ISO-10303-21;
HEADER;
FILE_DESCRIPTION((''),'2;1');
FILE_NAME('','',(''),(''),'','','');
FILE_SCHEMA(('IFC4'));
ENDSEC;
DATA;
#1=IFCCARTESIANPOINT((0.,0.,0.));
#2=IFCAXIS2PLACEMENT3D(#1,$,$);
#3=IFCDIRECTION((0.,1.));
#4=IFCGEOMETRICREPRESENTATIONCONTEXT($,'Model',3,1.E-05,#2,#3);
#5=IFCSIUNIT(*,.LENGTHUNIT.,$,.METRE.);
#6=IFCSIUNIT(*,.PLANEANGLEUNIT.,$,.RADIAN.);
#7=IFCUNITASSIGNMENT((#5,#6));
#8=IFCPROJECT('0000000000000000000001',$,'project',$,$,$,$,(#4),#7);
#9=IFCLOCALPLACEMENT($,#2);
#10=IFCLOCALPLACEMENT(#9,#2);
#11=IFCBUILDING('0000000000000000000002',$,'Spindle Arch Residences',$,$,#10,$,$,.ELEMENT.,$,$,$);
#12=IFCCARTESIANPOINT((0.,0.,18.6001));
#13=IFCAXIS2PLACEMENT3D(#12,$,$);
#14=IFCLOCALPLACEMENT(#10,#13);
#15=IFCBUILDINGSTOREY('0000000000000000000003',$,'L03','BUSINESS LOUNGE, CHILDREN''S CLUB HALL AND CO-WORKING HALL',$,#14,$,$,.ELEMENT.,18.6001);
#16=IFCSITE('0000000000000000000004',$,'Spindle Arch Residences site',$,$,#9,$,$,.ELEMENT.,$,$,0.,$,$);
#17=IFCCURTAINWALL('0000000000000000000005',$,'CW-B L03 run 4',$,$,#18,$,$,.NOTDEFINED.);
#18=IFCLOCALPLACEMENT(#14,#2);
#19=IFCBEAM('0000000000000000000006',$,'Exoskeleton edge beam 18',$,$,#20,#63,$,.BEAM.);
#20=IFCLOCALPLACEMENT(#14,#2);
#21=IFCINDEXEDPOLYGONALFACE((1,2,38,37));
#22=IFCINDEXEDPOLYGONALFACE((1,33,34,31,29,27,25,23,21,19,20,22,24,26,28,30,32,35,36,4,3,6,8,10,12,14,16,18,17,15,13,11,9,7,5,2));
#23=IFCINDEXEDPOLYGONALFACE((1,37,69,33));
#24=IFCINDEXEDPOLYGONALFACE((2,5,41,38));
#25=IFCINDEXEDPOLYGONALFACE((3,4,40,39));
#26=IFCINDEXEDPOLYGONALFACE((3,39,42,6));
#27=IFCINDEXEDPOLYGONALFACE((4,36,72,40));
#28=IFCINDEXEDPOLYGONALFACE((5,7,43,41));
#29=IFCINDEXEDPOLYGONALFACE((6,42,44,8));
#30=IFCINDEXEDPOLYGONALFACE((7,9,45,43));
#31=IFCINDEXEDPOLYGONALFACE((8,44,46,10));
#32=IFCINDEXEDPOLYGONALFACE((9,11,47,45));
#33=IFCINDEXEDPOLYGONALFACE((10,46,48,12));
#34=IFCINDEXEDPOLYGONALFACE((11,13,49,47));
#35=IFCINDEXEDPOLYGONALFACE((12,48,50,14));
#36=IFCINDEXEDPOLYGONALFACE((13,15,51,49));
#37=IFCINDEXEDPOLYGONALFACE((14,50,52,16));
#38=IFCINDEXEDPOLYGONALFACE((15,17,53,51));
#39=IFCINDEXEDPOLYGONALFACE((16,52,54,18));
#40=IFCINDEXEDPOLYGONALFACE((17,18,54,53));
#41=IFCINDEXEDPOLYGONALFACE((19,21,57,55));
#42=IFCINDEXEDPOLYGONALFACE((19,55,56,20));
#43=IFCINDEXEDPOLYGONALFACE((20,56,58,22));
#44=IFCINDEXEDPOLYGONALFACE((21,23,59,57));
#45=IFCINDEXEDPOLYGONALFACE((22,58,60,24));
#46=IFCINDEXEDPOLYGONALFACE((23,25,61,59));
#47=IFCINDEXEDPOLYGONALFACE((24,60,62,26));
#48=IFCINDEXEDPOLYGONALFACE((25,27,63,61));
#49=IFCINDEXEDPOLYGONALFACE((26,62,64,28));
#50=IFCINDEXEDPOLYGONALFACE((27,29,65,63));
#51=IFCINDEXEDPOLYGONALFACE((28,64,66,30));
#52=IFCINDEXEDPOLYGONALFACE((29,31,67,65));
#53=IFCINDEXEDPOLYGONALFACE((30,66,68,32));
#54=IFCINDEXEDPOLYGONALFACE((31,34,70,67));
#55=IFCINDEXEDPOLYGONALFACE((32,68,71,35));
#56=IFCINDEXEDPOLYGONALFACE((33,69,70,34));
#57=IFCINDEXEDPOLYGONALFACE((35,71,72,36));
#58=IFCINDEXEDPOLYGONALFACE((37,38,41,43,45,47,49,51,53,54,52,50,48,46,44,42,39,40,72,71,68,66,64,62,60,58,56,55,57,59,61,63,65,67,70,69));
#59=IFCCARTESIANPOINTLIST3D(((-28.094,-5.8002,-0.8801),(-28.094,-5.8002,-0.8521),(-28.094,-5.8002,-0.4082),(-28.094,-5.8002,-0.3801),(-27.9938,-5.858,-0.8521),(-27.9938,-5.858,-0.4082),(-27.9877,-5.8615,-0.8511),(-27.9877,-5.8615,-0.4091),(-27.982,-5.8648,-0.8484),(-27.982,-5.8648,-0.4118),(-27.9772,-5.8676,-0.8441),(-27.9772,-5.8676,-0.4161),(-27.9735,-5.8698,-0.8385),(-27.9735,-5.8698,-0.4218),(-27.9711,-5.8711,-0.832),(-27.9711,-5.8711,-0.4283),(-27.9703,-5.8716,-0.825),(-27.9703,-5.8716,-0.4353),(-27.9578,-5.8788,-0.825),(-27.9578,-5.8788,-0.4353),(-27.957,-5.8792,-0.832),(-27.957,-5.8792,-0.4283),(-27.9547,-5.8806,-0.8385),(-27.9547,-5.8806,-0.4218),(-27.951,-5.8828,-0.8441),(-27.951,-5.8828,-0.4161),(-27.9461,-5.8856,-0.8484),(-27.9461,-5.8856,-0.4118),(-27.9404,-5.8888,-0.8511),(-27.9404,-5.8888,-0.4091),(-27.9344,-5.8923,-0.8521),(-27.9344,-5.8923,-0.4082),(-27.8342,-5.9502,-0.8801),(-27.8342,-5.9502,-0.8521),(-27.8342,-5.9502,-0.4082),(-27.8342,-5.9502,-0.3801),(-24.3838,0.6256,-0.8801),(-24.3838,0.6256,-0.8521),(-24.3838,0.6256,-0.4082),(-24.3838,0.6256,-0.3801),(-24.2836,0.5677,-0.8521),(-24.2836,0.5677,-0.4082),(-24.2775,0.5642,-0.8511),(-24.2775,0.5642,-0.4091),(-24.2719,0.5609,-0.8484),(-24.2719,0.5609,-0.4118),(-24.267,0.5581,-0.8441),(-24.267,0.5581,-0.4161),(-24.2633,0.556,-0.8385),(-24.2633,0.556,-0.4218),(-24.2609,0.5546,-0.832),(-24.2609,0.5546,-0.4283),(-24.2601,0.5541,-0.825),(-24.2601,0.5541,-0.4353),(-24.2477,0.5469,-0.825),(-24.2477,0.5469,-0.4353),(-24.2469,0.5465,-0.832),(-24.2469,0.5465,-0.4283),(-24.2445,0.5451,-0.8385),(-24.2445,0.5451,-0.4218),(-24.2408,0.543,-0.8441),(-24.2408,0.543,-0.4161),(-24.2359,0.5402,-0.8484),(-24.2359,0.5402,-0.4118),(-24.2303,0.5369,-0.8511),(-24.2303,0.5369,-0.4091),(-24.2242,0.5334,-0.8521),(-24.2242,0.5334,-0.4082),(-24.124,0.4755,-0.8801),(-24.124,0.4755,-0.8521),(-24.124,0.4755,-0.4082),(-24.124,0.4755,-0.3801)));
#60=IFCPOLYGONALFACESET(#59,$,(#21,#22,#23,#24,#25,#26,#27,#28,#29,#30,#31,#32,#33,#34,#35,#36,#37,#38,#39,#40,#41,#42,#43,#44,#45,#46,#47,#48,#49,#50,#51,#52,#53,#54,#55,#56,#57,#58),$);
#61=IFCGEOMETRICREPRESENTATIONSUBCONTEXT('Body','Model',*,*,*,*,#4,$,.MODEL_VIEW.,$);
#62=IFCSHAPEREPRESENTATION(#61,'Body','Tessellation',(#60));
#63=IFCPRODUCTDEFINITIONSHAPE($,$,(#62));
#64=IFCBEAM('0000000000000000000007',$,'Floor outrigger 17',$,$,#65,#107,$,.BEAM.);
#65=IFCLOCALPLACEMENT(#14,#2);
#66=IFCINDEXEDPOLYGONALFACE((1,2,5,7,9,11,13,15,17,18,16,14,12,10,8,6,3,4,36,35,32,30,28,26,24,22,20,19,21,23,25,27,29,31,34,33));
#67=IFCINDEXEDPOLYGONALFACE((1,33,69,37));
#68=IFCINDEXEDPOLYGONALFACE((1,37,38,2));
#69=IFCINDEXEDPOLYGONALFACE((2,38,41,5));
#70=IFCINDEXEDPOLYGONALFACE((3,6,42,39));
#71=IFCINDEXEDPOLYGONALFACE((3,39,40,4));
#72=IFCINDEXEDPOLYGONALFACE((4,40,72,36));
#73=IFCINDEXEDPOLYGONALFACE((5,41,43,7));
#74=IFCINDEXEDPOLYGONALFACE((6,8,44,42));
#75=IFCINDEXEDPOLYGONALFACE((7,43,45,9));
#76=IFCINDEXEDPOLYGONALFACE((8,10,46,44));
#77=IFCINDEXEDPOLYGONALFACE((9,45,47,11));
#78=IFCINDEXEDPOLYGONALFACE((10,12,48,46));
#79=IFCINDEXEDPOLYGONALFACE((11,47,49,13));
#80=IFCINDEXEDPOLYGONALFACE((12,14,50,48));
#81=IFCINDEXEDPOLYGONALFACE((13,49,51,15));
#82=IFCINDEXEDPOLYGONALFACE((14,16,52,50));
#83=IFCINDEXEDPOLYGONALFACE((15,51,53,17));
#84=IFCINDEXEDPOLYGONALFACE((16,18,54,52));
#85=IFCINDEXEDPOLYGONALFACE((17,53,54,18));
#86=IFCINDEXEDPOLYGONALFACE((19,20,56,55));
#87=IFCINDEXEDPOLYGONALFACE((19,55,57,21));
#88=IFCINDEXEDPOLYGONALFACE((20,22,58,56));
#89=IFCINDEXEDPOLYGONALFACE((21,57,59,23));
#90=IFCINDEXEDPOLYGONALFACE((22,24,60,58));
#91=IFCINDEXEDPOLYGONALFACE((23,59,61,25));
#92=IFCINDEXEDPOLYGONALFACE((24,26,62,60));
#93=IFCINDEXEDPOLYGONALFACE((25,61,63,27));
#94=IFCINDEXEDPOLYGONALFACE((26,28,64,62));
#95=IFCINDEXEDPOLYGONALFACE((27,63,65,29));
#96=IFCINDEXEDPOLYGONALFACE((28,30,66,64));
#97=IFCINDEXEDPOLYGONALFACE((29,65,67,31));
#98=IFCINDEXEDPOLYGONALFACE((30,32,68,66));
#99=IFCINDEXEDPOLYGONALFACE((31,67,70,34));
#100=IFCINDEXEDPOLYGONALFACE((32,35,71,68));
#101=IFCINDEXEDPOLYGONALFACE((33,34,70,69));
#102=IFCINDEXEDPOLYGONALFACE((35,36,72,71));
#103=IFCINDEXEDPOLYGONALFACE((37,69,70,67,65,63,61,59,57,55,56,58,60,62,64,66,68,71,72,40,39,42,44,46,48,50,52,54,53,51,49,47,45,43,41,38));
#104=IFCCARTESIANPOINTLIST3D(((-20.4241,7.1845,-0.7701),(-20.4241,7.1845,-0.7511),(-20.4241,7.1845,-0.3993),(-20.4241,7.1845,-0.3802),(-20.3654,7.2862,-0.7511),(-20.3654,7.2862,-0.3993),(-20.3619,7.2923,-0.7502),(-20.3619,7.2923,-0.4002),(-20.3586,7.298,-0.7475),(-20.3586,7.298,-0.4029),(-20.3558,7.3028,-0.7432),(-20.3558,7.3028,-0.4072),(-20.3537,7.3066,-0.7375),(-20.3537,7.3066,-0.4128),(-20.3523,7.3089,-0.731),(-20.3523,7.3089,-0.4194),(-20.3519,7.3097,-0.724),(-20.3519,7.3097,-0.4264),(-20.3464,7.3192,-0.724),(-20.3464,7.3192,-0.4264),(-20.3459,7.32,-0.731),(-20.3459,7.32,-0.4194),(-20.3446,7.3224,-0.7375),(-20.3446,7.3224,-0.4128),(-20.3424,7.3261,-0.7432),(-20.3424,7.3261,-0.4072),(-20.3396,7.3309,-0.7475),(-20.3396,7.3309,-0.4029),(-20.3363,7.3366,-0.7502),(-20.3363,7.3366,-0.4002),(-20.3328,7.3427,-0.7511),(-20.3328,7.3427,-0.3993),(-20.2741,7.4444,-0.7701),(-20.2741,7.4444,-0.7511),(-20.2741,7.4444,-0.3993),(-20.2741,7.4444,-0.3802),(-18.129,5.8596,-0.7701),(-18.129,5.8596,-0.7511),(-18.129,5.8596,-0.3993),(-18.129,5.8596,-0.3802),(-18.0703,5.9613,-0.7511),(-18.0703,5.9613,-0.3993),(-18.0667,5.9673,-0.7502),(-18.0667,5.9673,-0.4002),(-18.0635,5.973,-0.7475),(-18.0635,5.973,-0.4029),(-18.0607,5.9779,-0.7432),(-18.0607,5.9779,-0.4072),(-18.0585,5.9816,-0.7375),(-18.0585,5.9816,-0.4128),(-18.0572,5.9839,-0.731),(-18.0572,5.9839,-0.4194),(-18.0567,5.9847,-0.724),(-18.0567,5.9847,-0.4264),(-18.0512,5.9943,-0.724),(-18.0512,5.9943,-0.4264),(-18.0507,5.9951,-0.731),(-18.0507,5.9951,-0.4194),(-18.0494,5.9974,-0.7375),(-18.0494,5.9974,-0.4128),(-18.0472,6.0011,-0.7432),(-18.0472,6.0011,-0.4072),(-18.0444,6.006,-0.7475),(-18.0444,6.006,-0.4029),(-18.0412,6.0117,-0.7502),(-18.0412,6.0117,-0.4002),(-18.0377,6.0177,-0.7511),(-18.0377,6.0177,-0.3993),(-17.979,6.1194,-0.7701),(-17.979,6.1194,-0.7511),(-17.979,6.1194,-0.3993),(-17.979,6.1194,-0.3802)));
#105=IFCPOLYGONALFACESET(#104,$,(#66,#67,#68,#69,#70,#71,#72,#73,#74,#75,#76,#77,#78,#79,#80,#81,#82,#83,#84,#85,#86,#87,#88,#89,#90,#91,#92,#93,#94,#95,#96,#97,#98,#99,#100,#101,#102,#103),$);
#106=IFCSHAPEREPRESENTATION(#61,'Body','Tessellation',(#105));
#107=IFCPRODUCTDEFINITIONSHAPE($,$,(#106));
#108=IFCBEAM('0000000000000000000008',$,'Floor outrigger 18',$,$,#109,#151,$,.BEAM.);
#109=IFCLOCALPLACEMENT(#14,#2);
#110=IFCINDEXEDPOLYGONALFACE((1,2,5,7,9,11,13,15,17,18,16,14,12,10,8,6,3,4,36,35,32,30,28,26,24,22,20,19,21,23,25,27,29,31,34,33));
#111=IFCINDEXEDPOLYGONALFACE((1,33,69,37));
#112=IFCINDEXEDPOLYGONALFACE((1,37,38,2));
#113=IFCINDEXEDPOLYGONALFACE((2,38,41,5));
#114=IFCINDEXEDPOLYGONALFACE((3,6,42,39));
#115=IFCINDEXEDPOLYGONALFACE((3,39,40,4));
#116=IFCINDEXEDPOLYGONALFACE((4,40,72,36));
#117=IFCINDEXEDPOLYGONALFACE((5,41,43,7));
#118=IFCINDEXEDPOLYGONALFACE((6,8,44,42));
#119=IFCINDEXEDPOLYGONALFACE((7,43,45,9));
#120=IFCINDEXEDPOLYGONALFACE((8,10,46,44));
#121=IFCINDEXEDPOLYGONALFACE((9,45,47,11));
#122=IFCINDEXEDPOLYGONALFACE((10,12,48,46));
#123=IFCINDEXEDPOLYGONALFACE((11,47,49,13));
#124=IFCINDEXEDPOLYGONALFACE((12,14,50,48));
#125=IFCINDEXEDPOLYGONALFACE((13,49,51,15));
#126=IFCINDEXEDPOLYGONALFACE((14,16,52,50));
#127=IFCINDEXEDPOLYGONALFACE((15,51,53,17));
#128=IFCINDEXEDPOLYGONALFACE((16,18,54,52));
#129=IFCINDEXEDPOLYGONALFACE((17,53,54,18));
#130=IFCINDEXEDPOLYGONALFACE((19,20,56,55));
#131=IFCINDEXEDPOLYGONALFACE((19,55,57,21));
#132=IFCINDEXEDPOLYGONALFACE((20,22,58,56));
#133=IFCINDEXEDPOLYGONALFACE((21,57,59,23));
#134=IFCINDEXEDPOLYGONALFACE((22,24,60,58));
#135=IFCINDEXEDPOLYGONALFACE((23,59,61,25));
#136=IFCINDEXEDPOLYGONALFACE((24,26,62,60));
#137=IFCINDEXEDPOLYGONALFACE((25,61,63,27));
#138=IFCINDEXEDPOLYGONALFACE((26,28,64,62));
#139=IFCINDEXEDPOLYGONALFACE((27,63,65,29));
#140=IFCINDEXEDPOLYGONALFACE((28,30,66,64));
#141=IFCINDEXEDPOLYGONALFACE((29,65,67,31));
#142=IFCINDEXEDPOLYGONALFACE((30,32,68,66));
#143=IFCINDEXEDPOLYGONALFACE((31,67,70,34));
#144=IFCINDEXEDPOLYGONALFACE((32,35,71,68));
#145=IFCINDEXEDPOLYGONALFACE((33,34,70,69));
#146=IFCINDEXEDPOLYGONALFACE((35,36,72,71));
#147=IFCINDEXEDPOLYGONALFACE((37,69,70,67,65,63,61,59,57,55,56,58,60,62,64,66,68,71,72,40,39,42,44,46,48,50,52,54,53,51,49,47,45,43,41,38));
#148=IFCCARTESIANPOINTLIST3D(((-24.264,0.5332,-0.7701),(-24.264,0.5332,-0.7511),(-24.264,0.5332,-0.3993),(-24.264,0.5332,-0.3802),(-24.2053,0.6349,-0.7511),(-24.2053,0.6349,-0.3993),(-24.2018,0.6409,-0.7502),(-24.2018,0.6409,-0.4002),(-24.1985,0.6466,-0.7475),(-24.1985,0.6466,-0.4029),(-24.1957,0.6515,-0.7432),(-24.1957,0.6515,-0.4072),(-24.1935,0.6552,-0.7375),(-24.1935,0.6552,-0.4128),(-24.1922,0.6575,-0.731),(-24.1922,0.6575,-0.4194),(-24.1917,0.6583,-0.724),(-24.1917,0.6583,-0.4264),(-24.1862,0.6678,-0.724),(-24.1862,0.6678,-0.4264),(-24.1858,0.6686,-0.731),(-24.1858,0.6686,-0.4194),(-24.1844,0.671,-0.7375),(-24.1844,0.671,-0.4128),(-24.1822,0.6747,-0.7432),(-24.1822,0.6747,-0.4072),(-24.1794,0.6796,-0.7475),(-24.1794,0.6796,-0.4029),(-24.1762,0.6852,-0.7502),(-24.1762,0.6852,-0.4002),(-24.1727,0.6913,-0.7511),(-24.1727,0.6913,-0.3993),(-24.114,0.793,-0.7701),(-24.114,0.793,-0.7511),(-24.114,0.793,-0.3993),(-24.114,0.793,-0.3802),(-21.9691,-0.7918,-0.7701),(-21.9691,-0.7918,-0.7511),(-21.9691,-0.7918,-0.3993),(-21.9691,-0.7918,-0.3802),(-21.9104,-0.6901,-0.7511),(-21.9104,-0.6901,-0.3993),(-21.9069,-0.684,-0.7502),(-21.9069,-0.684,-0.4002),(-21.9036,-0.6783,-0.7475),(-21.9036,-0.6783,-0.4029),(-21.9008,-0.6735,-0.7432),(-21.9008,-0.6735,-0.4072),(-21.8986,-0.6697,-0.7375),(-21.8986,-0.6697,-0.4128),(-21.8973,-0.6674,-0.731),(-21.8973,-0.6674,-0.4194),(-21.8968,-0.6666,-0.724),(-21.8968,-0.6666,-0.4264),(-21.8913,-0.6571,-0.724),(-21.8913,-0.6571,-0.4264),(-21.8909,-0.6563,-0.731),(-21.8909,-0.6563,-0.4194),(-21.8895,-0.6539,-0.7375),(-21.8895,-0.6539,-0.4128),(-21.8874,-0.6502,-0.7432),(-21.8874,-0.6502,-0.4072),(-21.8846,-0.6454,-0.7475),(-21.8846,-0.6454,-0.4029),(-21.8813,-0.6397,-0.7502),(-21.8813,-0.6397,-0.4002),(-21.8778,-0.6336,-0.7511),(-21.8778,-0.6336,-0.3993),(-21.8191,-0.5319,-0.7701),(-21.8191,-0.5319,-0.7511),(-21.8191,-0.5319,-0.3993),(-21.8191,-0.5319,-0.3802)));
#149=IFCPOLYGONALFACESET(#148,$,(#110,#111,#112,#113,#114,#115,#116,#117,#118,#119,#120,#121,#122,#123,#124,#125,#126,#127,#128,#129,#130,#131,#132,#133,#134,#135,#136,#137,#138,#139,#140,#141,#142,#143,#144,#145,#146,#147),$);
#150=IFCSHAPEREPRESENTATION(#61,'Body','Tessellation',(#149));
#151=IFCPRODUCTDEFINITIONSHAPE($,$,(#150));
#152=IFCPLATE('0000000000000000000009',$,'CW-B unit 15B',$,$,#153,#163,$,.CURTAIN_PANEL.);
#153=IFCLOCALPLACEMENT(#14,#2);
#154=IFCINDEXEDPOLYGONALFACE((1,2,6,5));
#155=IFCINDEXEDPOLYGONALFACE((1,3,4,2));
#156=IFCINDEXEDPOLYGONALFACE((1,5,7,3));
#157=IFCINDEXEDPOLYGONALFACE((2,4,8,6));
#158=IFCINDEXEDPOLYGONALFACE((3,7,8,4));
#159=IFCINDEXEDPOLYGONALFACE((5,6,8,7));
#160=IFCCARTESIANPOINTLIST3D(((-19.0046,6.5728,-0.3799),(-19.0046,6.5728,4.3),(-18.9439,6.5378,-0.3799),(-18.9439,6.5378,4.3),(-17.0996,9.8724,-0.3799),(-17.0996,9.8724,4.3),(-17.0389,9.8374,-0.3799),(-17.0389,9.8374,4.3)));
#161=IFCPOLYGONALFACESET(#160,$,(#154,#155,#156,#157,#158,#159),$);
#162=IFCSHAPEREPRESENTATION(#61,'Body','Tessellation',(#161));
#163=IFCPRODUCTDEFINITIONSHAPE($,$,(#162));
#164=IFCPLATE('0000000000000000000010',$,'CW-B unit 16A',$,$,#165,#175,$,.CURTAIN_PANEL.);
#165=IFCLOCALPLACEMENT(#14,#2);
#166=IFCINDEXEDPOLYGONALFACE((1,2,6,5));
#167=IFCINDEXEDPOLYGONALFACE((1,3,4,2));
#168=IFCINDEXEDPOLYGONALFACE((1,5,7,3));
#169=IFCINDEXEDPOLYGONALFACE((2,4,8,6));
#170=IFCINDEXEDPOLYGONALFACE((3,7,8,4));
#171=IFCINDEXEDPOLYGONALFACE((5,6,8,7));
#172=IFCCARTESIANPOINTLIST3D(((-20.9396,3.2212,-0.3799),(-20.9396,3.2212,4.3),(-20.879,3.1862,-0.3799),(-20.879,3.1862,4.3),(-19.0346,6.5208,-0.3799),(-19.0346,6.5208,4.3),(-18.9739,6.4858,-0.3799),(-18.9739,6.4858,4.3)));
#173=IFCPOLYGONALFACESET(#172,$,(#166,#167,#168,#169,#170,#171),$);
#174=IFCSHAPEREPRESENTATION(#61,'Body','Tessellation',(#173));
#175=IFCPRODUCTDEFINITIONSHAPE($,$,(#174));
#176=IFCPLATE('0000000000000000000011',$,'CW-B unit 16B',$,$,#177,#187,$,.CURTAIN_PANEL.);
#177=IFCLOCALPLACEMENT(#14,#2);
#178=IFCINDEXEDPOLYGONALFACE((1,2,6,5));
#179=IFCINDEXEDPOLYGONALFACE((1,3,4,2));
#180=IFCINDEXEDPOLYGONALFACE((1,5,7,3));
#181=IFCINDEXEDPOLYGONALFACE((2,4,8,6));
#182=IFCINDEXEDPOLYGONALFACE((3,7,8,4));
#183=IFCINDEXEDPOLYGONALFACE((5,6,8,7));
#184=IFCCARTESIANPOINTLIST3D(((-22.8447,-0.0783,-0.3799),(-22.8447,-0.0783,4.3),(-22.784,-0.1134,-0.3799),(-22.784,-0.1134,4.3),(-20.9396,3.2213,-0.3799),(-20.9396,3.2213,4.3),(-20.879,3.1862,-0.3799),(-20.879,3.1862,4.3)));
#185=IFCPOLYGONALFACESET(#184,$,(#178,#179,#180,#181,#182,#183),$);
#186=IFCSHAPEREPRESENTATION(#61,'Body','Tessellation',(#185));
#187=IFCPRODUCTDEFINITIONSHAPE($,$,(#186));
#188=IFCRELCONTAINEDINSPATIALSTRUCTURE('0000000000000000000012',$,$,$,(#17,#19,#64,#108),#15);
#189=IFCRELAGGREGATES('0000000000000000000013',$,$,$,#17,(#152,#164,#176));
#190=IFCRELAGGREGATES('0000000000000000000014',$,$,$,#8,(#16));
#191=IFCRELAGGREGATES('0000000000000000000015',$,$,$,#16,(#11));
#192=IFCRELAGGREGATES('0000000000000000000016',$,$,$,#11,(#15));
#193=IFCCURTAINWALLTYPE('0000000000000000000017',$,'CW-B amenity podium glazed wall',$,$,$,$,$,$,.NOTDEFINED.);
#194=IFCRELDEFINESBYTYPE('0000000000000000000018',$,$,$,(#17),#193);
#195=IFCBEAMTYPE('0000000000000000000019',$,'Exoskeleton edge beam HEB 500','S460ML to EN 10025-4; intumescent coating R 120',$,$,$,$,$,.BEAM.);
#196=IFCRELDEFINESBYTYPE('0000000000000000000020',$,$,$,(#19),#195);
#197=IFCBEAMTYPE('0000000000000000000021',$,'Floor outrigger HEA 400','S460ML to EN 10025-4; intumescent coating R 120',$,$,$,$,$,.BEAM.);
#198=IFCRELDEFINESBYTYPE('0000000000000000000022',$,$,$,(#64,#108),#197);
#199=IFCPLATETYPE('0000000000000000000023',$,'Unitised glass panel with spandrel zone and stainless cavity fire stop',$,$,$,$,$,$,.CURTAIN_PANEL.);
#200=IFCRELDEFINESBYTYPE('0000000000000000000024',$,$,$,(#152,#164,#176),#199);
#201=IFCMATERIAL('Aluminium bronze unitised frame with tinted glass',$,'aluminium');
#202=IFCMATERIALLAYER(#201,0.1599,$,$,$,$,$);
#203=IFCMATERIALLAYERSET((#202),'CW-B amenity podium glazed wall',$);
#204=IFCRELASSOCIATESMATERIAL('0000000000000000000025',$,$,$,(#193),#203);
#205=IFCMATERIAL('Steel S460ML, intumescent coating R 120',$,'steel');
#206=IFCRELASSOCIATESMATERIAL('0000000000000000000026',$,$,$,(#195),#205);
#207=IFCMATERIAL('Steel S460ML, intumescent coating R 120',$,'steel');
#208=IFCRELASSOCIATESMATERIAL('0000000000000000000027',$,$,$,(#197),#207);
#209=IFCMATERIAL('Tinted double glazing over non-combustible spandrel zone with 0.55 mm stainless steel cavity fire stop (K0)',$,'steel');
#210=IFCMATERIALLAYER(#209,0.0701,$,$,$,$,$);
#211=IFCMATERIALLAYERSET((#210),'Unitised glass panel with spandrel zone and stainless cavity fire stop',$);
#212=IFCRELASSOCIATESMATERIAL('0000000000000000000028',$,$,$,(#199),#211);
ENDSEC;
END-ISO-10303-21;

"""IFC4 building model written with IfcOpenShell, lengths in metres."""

from ifc_helpers import new_model, si_unit, direction, frame, origin, origin_2d, place, context, subcontext, project, spatial, rectangle, i_section, extrude, material, layer, layer_set, material_profile, profile_set, type_object, element, aggregate, save


model = new_model("IFC4")

# Units and contexts
model_context = context("Model", 3, precision=1e-05, world=origin(), true_north=direction((0.0, 1.0)))
body_context = subcontext(model_context, "Body", "Model", "MODEL_VIEW")
ifc_project = project(units=[si_unit("LENGTHUNIT", "METRE"), si_unit("PLANEANGLEUNIT", "RADIAN")], contexts=[model_context])

# Site, building, storey
site_placement = place(None, origin())
site = spatial("IfcSite", under=ifc_project, at=site_placement, Name="Spindle Arch Residences site", CompositionType="ELEMENT", RefElevation=0.0)
building_placement = place(site_placement, origin())
building = spatial("IfcBuilding", under=site, at=building_placement, Name="Spindle Arch Residences", CompositionType="ELEMENT")
storey_placement = place(building_placement, frame((0.0, 0.0, 18.6001)))
storey = spatial("IfcBuildingStorey", under=building, at=storey_placement, Name="L03", Description="BUSINESS LOUNGE, CHILDREN'S CLUB HALL AND CO-WORKING HALL", CompositionType="ELEMENT", Elevation=18.6001)

# Curtain wall
ifc_material_1 = material(Name="Aluminium bronze unitised frame with tinted glass", Category="aluminium")
ifc_layer_1 = layer(ifc_material_1, 0.1599)
ifc_layer_set_1 = layer_set([ifc_layer_1], Name="CW-B amenity podium glazed wall")
curtain_wall_type = type_object("IfcCurtainWallType", Name="CW-B amenity podium glazed wall", PredefinedType="NOTDEFINED", material=ifc_layer_set_1)
curtain_wall_placement = place(storey_placement, origin())
curtain_wall = element("IfcCurtainWall", 1, at=curtain_wall_placement, inside=storey, type_object=curtain_wall_type, Name="CW-B L03 run 4", PredefinedType="NOTDEFINED")

# Beams
ifc_material_2 = material(Name="Steel S460ML, intumescent coating R 120", Category="steel")
ifc_material_profile_1 = material_profile(ifc_material_2, i_section(OverallWidth=0.3, OverallDepth=0.5, WebThickness=0.0144, FlangeThickness=0.0281, FilletRadius=0.0271, at=origin_2d()), Name="HEB 500")
ifc_profile_set_1 = profile_set([ifc_material_profile_1], Name="Steel S460ML, intumescent coating R 120")
beam_type_1 = type_object("IfcBeamType", Name="Exoskeleton edge beam HEB 500", Description="S460ML to EN 10025-4; intumescent coating R 120", PredefinedType="BEAM", material=ifc_profile_set_1)
beam_1_placement = place(storey_placement, frame((-24.2539, 0.5505, -0.6301), z_axis=(-0.500028, -0.866009, 0.0), x_axis=(0.866009, -0.500028, 0.0)))
element("IfcBeam", 2, at=beam_1_placement, inside=storey, type_object=beam_type_1, Name="Exoskeleton edge beam 18", PredefinedType="BEAM", context=body_context, shape_type="SweptSolid", body=[
    extrude(i_section(OverallWidth=0.3, OverallDepth=0.5, WebThickness=0.0144, FlangeThickness=0.0281, FilletRadius=0.0271, at=origin_2d()), origin(), (0.0, 0.0, 1.0), 7.4199),
])
ifc_material_3 = material(Name="Steel S460ML, intumescent coating R 120", Category="steel")
ifc_material_profile_2 = material_profile(ifc_material_3, i_section(OverallWidth=0.3, OverallDepth=0.3899, WebThickness=0.011, FlangeThickness=0.019, FilletRadius=0.0271, at=origin_2d()), Name="HEA 400")
ifc_profile_set_2 = profile_set([ifc_material_profile_2], Name="Steel S460ML, intumescent coating R 120")
beam_type_2 = type_object("IfcBeamType", Name="Floor outrigger HEA 400", Description="S460ML to EN 10025-4; intumescent coating R 120", PredefinedType="BEAM", material=ifc_profile_set_2)
beam_2_placement = place(storey_placement, frame((-20.3491, 7.3145, -0.5752), z_axis=(0.866052, -0.499954, 0.0), x_axis=(0.499954, 0.866052, 0.0)))
element("IfcBeam", 3, at=beam_2_placement, inside=storey, type_object=beam_type_2, Name="Floor outrigger 17", PredefinedType="BEAM", context=body_context, shape_type="SweptSolid", body=[
    extrude(i_section(OverallWidth=0.3, OverallDepth=0.3899, WebThickness=0.011, FlangeThickness=0.019, FilletRadius=0.0271, at=origin_2d()), origin(), (0.0, 0.0, 1.0), 2.6501),
])
beam_3_placement = place(storey_placement, frame((-24.189, 0.6631, -0.5752), z_axis=(0.866029, -0.499994, 0.0), x_axis=(0.499994, 0.866029, 0.0)))
element("IfcBeam", 4, at=beam_3_placement, inside=storey, type_object=beam_type_2, Name="Floor outrigger 18", PredefinedType="BEAM", context=body_context, shape_type="SweptSolid", body=[
    extrude(i_section(OverallWidth=0.3, OverallDepth=0.3899, WebThickness=0.011, FlangeThickness=0.019, FilletRadius=0.0271, at=origin_2d()), origin(), (0.0, 0.0, 1.0), 2.6499),
])

# Plates
ifc_material_4 = material(Name="Tinted double glazing over non-combustible spandrel zone with 0.55 mm stainless steel cavity fire stop (K0)", Category="steel")
ifc_layer_2 = layer(ifc_material_4, 0.0701)
ifc_layer_set_2 = layer_set([ifc_layer_2], Name="Unitised glass panel with spandrel zone and stainless cavity fire stop")
plate_type = type_object("IfcPlateType", Name="Unitised glass panel with spandrel zone and stainless cavity fire stop", PredefinedType="CURTAIN_PANEL", material=ifc_layer_set_2)
plate_1_placement = place(storey_placement, frame((-18.0217, 8.2051, -0.3799), z_axis=(0.0, 0.0, 1.0), x_axis=(-0.5, -0.866025, 0.0)))
plate_1 = element("IfcPlate", 5, at=plate_1_placement, type_object=plate_type, Name="CW-B unit 15B", PredefinedType="CURTAIN_PANEL", context=body_context, shape_type="SweptSolid", body=[
    extrude(rectangle(XDim=3.8101, YDim=0.0701, at=origin_2d()), origin(), (0.0, 0.0, 1.0), 4.6799),
])
plate_2_placement = place(storey_placement, frame((-19.9568, 4.8535, -0.3799), z_axis=(0.0, 0.0, 1.0), x_axis=(-0.5, -0.866025, 0.0)))
plate_2 = element("IfcPlate", 6, at=plate_2_placement, type_object=plate_type, Name="CW-B unit 16A", PredefinedType="CURTAIN_PANEL", context=body_context, shape_type="SweptSolid", body=[
    extrude(rectangle(XDim=3.8101, YDim=0.0701, at=origin_2d()), origin(), (0.0, 0.0, 1.0), 4.6799),
])
plate_3_placement = place(storey_placement, frame((-21.8618, 1.554, -0.3799), z_axis=(0.0, 0.0, 1.0), x_axis=(-0.5, -0.866025, 0.0)))
plate_3 = element("IfcPlate", 7, at=plate_3_placement, type_object=plate_type, Name="CW-B unit 16B", PredefinedType="CURTAIN_PANEL", context=body_context, shape_type="SweptSolid", body=[
    extrude(rectangle(XDim=3.8101, YDim=0.0701, at=origin_2d()), origin(), (0.0, 0.0, 1.0), 4.6799),
])
aggregate(curtain_wall, [plate_1, plate_2, plate_3])

save(model, "model.ifc")
